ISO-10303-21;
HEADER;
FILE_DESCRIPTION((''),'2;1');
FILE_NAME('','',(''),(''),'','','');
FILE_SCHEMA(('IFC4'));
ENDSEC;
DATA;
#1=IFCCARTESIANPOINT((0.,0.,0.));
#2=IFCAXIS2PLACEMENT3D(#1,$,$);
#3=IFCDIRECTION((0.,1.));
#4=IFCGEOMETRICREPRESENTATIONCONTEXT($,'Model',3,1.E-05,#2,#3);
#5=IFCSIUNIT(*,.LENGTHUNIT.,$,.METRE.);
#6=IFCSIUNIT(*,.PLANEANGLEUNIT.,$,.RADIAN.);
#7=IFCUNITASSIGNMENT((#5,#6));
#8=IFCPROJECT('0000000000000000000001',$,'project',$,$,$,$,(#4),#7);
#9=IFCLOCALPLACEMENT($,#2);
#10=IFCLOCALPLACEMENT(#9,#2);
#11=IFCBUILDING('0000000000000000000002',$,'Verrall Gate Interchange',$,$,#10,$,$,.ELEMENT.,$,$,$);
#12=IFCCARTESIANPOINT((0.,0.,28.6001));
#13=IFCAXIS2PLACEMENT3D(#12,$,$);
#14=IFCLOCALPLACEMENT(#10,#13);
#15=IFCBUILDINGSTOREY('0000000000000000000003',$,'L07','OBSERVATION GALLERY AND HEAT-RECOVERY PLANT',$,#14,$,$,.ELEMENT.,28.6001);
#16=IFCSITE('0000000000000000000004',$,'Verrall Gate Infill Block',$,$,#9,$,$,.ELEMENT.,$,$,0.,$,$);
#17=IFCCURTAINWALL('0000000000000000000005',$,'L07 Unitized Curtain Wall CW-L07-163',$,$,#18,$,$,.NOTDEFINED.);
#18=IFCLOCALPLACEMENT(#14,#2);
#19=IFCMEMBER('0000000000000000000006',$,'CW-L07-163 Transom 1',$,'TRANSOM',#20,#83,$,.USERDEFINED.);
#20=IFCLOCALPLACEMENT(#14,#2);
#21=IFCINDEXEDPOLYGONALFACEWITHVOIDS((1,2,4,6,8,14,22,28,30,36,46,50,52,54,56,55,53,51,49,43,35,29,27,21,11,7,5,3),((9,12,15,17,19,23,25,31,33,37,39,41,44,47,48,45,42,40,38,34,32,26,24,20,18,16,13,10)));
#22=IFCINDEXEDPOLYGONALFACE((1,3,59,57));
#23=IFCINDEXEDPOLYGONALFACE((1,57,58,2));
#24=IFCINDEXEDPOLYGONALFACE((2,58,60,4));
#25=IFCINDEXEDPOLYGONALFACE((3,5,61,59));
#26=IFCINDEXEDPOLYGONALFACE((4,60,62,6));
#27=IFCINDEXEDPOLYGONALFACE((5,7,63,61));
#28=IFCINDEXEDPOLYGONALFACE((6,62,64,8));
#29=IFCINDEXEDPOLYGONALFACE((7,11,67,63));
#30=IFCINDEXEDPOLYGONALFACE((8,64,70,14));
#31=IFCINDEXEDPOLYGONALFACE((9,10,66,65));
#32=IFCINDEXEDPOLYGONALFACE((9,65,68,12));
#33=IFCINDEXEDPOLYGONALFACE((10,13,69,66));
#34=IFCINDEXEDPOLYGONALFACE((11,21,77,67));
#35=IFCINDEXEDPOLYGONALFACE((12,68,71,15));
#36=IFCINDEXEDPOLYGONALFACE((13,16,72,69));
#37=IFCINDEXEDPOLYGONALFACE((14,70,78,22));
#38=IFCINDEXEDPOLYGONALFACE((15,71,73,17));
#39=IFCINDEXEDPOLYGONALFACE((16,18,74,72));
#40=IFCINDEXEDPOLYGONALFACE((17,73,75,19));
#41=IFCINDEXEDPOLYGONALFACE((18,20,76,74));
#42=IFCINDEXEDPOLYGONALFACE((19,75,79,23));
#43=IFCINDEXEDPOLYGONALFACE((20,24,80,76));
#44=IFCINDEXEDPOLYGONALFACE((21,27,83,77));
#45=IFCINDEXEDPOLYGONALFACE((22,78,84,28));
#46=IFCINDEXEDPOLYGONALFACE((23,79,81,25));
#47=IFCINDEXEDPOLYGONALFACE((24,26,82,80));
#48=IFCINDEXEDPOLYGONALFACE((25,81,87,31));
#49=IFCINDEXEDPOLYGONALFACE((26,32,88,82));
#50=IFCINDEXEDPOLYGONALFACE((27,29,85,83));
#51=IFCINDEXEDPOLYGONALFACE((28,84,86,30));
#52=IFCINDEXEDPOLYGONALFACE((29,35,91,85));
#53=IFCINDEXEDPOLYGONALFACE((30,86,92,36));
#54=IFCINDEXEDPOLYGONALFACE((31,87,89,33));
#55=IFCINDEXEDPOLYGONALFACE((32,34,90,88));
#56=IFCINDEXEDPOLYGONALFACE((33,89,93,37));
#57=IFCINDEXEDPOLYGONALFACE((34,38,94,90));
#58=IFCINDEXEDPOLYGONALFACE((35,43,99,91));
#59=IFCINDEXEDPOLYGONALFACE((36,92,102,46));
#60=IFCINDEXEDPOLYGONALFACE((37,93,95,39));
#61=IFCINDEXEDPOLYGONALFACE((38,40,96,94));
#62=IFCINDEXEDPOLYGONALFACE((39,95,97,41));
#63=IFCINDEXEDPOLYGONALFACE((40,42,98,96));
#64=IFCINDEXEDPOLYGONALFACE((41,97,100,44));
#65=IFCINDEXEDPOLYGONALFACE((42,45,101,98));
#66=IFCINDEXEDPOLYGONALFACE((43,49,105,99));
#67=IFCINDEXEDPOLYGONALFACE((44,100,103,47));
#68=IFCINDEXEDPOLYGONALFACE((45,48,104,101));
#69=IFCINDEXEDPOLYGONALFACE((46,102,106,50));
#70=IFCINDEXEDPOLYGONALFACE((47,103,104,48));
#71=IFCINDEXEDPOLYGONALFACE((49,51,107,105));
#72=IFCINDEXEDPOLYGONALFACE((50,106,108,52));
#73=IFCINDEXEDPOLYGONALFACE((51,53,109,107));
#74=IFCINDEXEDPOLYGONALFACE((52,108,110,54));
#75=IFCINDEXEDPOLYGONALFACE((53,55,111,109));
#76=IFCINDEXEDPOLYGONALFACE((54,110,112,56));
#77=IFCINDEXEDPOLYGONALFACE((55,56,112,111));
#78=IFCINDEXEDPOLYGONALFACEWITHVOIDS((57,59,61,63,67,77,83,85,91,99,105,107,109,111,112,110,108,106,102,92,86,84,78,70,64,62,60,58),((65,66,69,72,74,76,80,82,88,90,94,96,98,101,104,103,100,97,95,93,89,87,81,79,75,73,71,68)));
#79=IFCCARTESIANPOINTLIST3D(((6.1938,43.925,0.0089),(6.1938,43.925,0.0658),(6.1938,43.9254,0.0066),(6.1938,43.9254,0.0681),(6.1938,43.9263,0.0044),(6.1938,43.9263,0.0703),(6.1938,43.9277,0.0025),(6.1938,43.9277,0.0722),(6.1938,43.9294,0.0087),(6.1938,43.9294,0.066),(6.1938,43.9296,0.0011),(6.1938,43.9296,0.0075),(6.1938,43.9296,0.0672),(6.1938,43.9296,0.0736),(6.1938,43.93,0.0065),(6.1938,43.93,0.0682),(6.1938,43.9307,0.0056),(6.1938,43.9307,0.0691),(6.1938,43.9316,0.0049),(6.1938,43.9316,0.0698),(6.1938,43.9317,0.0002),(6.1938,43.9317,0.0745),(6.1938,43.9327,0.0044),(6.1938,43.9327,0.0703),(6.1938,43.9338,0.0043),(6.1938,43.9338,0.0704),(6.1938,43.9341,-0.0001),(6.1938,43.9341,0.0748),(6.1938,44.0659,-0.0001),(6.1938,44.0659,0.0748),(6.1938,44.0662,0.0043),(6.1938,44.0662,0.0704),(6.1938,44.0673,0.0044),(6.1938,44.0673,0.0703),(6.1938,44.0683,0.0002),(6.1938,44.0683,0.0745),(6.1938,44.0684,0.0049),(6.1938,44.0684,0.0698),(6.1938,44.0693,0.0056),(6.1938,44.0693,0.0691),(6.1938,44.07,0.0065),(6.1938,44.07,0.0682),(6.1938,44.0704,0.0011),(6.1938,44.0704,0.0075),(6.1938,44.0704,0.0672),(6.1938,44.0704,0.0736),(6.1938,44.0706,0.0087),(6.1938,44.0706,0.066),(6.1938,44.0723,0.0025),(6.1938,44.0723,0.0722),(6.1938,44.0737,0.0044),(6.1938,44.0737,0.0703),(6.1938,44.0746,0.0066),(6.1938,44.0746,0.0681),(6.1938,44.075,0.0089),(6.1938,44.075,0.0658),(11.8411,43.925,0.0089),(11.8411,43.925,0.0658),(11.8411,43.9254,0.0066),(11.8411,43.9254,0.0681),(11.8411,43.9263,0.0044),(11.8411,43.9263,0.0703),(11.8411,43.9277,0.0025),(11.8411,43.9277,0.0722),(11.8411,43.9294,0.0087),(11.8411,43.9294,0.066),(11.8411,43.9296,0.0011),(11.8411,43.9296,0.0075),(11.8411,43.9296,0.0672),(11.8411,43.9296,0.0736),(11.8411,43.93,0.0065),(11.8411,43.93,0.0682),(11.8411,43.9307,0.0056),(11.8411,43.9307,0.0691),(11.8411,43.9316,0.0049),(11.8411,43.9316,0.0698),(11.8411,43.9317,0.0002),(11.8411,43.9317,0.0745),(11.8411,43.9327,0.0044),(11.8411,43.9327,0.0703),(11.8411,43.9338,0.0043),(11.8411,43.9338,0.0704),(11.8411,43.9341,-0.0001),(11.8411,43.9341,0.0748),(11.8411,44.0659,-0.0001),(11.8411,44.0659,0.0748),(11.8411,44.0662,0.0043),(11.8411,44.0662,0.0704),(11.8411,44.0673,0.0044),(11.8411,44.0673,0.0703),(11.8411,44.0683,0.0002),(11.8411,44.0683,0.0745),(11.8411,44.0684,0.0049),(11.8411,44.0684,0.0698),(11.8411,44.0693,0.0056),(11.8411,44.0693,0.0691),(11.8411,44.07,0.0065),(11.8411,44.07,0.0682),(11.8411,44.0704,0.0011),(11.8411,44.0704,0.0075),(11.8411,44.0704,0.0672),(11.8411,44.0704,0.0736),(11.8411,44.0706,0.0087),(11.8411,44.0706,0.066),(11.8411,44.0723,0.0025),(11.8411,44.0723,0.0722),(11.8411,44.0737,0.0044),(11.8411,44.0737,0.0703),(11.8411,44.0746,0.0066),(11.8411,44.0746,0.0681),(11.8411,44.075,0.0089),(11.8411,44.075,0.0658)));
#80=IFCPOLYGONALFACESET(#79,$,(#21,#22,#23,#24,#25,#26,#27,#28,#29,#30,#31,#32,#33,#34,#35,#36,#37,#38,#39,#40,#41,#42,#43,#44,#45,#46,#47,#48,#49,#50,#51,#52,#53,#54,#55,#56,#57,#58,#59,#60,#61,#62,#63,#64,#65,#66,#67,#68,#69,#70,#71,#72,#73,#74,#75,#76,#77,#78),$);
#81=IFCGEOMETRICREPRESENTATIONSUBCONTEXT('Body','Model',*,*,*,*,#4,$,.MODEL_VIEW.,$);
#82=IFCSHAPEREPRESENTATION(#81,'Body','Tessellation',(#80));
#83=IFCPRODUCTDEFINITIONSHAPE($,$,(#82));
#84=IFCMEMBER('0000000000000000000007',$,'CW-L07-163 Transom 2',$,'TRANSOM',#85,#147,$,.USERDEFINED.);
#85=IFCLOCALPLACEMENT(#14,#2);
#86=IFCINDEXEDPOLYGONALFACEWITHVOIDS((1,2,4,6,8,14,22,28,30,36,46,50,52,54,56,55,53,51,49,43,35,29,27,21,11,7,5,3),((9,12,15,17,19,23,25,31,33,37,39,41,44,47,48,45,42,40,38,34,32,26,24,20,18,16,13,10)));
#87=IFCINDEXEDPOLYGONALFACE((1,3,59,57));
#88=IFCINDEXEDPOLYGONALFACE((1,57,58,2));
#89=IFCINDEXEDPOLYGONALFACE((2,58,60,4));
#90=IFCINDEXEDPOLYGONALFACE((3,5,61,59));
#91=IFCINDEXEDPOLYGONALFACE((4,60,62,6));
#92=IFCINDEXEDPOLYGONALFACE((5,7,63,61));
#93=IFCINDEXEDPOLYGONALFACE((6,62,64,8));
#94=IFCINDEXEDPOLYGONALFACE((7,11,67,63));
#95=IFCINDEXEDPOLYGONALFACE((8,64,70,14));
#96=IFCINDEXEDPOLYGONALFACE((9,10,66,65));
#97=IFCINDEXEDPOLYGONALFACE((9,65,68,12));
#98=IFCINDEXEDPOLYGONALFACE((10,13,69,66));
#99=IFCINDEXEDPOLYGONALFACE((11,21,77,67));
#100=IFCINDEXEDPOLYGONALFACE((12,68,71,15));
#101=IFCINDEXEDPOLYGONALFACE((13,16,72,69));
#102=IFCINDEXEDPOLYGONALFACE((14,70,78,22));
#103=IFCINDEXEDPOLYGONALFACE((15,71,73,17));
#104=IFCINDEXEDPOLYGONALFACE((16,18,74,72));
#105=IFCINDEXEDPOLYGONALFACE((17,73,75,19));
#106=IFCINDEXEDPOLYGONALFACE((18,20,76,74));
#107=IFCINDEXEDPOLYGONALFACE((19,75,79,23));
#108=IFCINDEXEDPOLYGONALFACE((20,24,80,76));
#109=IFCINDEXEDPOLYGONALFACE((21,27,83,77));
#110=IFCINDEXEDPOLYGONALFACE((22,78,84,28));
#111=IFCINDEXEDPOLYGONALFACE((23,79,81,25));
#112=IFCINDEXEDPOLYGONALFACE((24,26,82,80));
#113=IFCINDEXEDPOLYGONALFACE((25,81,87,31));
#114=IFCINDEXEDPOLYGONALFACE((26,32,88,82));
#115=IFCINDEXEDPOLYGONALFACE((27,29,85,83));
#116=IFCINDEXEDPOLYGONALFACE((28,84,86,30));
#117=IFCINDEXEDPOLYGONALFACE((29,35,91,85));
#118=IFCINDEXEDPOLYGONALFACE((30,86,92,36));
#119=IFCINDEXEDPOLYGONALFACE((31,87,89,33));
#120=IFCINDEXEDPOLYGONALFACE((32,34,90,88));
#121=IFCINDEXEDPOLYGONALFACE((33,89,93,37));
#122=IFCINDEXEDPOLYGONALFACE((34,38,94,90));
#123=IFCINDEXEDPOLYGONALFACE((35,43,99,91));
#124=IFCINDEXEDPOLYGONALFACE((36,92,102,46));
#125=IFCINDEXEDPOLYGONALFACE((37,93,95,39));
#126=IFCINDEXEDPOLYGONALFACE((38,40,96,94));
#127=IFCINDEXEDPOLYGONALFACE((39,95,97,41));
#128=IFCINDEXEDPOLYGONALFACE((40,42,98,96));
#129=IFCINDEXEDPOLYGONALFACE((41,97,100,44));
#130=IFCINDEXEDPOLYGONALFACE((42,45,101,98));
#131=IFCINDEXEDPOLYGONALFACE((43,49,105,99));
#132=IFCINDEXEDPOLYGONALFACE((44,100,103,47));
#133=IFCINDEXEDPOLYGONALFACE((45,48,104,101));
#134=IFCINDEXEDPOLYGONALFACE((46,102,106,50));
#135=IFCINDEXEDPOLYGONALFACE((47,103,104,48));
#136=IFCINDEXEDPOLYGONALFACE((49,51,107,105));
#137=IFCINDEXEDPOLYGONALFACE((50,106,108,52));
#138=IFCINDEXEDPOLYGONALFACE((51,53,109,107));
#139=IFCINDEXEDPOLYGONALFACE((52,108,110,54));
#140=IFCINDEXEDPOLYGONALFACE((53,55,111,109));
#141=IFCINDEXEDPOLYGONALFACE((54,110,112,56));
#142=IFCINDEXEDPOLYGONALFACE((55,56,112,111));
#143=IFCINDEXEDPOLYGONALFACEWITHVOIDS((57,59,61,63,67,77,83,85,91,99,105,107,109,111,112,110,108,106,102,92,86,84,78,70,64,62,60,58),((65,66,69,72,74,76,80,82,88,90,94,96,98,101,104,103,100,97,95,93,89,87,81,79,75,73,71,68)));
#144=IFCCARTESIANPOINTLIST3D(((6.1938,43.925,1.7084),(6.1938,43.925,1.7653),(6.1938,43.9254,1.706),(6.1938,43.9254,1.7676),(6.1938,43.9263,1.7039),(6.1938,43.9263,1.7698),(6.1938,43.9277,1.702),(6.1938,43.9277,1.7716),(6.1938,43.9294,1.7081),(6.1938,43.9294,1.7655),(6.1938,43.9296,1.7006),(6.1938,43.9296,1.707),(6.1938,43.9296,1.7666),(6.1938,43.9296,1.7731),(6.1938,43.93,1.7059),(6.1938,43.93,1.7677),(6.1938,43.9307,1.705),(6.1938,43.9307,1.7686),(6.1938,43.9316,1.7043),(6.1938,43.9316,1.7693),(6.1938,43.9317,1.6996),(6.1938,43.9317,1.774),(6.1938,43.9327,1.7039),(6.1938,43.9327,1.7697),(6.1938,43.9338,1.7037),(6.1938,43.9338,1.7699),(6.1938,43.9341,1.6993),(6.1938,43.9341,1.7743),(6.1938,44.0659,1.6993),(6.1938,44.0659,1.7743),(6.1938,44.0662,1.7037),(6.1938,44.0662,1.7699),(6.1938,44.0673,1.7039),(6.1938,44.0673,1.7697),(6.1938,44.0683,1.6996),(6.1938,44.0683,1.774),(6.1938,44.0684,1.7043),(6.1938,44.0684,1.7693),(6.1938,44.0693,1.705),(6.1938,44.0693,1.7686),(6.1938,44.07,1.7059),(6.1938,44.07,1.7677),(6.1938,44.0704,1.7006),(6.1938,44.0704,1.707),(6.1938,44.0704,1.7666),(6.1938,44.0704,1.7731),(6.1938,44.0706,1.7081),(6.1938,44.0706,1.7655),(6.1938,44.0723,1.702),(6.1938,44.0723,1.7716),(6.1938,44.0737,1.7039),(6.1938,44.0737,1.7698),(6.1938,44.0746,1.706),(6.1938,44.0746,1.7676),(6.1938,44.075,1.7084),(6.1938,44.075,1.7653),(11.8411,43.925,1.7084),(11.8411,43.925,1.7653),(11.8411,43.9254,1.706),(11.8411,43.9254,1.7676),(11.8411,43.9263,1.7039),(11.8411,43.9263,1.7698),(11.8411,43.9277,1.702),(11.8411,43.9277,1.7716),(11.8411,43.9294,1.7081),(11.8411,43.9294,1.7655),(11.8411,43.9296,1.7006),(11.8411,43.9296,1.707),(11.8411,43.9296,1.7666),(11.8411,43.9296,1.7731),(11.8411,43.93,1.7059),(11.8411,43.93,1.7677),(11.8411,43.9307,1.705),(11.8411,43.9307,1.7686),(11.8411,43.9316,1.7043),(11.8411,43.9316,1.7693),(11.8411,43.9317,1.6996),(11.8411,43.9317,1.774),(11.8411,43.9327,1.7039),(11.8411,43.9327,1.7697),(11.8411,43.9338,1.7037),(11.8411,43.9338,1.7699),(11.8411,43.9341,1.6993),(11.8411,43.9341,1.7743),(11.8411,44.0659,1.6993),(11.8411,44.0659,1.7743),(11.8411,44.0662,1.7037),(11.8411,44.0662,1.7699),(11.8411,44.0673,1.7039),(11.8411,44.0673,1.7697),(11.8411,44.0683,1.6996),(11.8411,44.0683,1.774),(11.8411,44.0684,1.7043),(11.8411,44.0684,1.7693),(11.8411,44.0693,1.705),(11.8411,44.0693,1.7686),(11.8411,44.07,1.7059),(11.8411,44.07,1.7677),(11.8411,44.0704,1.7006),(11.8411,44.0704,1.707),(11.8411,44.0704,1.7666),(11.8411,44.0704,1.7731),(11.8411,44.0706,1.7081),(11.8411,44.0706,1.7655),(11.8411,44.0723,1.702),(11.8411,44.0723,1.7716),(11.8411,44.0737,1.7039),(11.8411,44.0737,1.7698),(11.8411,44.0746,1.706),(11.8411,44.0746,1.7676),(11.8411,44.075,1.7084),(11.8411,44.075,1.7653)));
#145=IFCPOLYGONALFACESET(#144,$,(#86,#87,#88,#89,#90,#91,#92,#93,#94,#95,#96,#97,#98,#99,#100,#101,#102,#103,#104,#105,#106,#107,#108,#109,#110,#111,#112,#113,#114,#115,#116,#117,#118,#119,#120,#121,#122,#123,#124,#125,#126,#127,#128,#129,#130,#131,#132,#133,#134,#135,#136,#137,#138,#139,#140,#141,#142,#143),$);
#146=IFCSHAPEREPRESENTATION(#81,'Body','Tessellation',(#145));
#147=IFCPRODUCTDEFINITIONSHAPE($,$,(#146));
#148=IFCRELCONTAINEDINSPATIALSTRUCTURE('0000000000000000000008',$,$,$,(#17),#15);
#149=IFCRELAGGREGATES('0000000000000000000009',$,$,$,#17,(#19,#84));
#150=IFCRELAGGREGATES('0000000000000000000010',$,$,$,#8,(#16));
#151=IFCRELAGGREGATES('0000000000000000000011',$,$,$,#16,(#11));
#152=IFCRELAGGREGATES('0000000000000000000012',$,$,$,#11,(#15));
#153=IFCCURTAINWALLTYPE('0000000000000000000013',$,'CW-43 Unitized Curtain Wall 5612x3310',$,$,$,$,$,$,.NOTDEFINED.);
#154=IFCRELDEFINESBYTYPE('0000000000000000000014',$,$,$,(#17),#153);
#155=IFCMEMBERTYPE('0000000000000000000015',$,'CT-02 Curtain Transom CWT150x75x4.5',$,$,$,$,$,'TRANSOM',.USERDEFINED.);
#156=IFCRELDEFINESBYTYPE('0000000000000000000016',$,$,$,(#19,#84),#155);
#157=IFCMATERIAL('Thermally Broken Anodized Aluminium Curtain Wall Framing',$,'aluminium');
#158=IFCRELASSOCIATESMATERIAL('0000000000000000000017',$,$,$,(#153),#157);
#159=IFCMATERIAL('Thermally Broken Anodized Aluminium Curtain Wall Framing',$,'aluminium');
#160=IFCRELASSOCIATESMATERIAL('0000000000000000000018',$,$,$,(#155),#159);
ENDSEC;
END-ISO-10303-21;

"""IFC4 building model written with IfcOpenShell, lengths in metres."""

from ifc_helpers import new_model, si_unit, direction, frame, origin, origin_2d, place, context, subcontext, project, spatial, hollow_rectangle, extrude, material, material_profile, profile_set, type_object, element, aggregate, save


model = new_model("IFC4")

# Units and contexts
model_context = context("Model", 3, precision=1e-05, world=origin(), true_north=direction((0.0, 1.0)))
body_context = subcontext(model_context, "Body", "Model", "MODEL_VIEW")
ifc_project = project(units=[si_unit("LENGTHUNIT", "METRE"), si_unit("PLANEANGLEUNIT", "RADIAN")], contexts=[model_context])

# Site, building, storey
site_placement = place(None, origin())
site = spatial("IfcSite", under=ifc_project, at=site_placement, Name="Verrall Gate Infill Block", CompositionType="ELEMENT", RefElevation=0.0)
building_placement = place(site_placement, origin())
building = spatial("IfcBuilding", under=site, at=building_placement, Name="Verrall Gate Interchange", CompositionType="ELEMENT")
storey_placement = place(building_placement, frame((0.0, 0.0, 28.6001)))
storey = spatial("IfcBuildingStorey", under=building, at=storey_placement, Name="L07", Description="OBSERVATION GALLERY AND HEAT-RECOVERY PLANT", CompositionType="ELEMENT", Elevation=28.6001)

# Curtain wall, members
ifc_material_1 = material(Name="Thermally Broken Anodized Aluminium Curtain Wall Framing", Category="aluminium")
curtain_wall_type = type_object("IfcCurtainWallType", Name="CW-43 Unitized Curtain Wall 5612x3310", PredefinedType="NOTDEFINED", material=ifc_material_1)
curtain_wall_placement = place(storey_placement, origin())
curtain_wall = element("IfcCurtainWall", 1, at=curtain_wall_placement, inside=storey, type_object=curtain_wall_type, Name="L07 Unitized Curtain Wall CW-L07-163", PredefinedType="NOTDEFINED")
ifc_material_2 = material(Name="Thermally Broken Anodized Aluminium Curtain Wall Framing", Category="aluminium")
ifc_material_profile_1 = material_profile(ifc_material_2, hollow_rectangle(XDim=0.1499, YDim=0.075, WallThickness=0.0044, InnerFilletRadius=0.0044, OuterFilletRadius=0.009, at=origin_2d()), Name="CWT150x75x4.5")
ifc_profile_set_1 = profile_set([ifc_material_profile_1], Name="Thermally Broken Anodized Aluminium Curtain Wall Framing")
member_type_1 = type_object("IfcMemberType", Name="CT-02 Curtain Transom CWT150x75x4.5", ElementType="TRANSOM", PredefinedType="USERDEFINED", material=ifc_profile_set_1)
member_1_placement = place(storey_placement, frame((11.8411, 44.0, 0.0374), z_axis=(-1.0, 0.0, 0.0), x_axis=(0.0, -1.0, 0.0)))
member_1 = element("IfcMember", 2, at=member_1_placement, type_object=member_type_1, Name="CW-L07-163 Transom 1", ObjectType="TRANSOM", PredefinedType="USERDEFINED", context=body_context, shape_type="SweptSolid", body=[
    extrude(hollow_rectangle(XDim=0.1499, YDim=0.075, WallThickness=0.0044, InnerFilletRadius=0.0044, OuterFilletRadius=0.009, at=origin_2d()), origin(), (0.0, 0.0, 1.0), 5.6472),
])
member_2_placement = place(storey_placement, frame((11.8411, 44.0, 1.7368), z_axis=(-1.0, 0.0, 0.0), x_axis=(0.0, -1.0, 0.0)))
member_2 = element("IfcMember", 3, at=member_2_placement, type_object=member_type_1, Name="CW-L07-163 Transom 2", ObjectType="TRANSOM", PredefinedType="USERDEFINED", context=body_context, shape_type="SweptSolid", body=[
    extrude(hollow_rectangle(XDim=0.1499, YDim=0.075, WallThickness=0.0044, InnerFilletRadius=0.0044, OuterFilletRadius=0.009, at=origin_2d()), origin(), (0.0, 0.0, 1.0), 5.6472),
])

aggregate(curtain_wall, [member_1, member_2])

save(model, "model.ifc")
